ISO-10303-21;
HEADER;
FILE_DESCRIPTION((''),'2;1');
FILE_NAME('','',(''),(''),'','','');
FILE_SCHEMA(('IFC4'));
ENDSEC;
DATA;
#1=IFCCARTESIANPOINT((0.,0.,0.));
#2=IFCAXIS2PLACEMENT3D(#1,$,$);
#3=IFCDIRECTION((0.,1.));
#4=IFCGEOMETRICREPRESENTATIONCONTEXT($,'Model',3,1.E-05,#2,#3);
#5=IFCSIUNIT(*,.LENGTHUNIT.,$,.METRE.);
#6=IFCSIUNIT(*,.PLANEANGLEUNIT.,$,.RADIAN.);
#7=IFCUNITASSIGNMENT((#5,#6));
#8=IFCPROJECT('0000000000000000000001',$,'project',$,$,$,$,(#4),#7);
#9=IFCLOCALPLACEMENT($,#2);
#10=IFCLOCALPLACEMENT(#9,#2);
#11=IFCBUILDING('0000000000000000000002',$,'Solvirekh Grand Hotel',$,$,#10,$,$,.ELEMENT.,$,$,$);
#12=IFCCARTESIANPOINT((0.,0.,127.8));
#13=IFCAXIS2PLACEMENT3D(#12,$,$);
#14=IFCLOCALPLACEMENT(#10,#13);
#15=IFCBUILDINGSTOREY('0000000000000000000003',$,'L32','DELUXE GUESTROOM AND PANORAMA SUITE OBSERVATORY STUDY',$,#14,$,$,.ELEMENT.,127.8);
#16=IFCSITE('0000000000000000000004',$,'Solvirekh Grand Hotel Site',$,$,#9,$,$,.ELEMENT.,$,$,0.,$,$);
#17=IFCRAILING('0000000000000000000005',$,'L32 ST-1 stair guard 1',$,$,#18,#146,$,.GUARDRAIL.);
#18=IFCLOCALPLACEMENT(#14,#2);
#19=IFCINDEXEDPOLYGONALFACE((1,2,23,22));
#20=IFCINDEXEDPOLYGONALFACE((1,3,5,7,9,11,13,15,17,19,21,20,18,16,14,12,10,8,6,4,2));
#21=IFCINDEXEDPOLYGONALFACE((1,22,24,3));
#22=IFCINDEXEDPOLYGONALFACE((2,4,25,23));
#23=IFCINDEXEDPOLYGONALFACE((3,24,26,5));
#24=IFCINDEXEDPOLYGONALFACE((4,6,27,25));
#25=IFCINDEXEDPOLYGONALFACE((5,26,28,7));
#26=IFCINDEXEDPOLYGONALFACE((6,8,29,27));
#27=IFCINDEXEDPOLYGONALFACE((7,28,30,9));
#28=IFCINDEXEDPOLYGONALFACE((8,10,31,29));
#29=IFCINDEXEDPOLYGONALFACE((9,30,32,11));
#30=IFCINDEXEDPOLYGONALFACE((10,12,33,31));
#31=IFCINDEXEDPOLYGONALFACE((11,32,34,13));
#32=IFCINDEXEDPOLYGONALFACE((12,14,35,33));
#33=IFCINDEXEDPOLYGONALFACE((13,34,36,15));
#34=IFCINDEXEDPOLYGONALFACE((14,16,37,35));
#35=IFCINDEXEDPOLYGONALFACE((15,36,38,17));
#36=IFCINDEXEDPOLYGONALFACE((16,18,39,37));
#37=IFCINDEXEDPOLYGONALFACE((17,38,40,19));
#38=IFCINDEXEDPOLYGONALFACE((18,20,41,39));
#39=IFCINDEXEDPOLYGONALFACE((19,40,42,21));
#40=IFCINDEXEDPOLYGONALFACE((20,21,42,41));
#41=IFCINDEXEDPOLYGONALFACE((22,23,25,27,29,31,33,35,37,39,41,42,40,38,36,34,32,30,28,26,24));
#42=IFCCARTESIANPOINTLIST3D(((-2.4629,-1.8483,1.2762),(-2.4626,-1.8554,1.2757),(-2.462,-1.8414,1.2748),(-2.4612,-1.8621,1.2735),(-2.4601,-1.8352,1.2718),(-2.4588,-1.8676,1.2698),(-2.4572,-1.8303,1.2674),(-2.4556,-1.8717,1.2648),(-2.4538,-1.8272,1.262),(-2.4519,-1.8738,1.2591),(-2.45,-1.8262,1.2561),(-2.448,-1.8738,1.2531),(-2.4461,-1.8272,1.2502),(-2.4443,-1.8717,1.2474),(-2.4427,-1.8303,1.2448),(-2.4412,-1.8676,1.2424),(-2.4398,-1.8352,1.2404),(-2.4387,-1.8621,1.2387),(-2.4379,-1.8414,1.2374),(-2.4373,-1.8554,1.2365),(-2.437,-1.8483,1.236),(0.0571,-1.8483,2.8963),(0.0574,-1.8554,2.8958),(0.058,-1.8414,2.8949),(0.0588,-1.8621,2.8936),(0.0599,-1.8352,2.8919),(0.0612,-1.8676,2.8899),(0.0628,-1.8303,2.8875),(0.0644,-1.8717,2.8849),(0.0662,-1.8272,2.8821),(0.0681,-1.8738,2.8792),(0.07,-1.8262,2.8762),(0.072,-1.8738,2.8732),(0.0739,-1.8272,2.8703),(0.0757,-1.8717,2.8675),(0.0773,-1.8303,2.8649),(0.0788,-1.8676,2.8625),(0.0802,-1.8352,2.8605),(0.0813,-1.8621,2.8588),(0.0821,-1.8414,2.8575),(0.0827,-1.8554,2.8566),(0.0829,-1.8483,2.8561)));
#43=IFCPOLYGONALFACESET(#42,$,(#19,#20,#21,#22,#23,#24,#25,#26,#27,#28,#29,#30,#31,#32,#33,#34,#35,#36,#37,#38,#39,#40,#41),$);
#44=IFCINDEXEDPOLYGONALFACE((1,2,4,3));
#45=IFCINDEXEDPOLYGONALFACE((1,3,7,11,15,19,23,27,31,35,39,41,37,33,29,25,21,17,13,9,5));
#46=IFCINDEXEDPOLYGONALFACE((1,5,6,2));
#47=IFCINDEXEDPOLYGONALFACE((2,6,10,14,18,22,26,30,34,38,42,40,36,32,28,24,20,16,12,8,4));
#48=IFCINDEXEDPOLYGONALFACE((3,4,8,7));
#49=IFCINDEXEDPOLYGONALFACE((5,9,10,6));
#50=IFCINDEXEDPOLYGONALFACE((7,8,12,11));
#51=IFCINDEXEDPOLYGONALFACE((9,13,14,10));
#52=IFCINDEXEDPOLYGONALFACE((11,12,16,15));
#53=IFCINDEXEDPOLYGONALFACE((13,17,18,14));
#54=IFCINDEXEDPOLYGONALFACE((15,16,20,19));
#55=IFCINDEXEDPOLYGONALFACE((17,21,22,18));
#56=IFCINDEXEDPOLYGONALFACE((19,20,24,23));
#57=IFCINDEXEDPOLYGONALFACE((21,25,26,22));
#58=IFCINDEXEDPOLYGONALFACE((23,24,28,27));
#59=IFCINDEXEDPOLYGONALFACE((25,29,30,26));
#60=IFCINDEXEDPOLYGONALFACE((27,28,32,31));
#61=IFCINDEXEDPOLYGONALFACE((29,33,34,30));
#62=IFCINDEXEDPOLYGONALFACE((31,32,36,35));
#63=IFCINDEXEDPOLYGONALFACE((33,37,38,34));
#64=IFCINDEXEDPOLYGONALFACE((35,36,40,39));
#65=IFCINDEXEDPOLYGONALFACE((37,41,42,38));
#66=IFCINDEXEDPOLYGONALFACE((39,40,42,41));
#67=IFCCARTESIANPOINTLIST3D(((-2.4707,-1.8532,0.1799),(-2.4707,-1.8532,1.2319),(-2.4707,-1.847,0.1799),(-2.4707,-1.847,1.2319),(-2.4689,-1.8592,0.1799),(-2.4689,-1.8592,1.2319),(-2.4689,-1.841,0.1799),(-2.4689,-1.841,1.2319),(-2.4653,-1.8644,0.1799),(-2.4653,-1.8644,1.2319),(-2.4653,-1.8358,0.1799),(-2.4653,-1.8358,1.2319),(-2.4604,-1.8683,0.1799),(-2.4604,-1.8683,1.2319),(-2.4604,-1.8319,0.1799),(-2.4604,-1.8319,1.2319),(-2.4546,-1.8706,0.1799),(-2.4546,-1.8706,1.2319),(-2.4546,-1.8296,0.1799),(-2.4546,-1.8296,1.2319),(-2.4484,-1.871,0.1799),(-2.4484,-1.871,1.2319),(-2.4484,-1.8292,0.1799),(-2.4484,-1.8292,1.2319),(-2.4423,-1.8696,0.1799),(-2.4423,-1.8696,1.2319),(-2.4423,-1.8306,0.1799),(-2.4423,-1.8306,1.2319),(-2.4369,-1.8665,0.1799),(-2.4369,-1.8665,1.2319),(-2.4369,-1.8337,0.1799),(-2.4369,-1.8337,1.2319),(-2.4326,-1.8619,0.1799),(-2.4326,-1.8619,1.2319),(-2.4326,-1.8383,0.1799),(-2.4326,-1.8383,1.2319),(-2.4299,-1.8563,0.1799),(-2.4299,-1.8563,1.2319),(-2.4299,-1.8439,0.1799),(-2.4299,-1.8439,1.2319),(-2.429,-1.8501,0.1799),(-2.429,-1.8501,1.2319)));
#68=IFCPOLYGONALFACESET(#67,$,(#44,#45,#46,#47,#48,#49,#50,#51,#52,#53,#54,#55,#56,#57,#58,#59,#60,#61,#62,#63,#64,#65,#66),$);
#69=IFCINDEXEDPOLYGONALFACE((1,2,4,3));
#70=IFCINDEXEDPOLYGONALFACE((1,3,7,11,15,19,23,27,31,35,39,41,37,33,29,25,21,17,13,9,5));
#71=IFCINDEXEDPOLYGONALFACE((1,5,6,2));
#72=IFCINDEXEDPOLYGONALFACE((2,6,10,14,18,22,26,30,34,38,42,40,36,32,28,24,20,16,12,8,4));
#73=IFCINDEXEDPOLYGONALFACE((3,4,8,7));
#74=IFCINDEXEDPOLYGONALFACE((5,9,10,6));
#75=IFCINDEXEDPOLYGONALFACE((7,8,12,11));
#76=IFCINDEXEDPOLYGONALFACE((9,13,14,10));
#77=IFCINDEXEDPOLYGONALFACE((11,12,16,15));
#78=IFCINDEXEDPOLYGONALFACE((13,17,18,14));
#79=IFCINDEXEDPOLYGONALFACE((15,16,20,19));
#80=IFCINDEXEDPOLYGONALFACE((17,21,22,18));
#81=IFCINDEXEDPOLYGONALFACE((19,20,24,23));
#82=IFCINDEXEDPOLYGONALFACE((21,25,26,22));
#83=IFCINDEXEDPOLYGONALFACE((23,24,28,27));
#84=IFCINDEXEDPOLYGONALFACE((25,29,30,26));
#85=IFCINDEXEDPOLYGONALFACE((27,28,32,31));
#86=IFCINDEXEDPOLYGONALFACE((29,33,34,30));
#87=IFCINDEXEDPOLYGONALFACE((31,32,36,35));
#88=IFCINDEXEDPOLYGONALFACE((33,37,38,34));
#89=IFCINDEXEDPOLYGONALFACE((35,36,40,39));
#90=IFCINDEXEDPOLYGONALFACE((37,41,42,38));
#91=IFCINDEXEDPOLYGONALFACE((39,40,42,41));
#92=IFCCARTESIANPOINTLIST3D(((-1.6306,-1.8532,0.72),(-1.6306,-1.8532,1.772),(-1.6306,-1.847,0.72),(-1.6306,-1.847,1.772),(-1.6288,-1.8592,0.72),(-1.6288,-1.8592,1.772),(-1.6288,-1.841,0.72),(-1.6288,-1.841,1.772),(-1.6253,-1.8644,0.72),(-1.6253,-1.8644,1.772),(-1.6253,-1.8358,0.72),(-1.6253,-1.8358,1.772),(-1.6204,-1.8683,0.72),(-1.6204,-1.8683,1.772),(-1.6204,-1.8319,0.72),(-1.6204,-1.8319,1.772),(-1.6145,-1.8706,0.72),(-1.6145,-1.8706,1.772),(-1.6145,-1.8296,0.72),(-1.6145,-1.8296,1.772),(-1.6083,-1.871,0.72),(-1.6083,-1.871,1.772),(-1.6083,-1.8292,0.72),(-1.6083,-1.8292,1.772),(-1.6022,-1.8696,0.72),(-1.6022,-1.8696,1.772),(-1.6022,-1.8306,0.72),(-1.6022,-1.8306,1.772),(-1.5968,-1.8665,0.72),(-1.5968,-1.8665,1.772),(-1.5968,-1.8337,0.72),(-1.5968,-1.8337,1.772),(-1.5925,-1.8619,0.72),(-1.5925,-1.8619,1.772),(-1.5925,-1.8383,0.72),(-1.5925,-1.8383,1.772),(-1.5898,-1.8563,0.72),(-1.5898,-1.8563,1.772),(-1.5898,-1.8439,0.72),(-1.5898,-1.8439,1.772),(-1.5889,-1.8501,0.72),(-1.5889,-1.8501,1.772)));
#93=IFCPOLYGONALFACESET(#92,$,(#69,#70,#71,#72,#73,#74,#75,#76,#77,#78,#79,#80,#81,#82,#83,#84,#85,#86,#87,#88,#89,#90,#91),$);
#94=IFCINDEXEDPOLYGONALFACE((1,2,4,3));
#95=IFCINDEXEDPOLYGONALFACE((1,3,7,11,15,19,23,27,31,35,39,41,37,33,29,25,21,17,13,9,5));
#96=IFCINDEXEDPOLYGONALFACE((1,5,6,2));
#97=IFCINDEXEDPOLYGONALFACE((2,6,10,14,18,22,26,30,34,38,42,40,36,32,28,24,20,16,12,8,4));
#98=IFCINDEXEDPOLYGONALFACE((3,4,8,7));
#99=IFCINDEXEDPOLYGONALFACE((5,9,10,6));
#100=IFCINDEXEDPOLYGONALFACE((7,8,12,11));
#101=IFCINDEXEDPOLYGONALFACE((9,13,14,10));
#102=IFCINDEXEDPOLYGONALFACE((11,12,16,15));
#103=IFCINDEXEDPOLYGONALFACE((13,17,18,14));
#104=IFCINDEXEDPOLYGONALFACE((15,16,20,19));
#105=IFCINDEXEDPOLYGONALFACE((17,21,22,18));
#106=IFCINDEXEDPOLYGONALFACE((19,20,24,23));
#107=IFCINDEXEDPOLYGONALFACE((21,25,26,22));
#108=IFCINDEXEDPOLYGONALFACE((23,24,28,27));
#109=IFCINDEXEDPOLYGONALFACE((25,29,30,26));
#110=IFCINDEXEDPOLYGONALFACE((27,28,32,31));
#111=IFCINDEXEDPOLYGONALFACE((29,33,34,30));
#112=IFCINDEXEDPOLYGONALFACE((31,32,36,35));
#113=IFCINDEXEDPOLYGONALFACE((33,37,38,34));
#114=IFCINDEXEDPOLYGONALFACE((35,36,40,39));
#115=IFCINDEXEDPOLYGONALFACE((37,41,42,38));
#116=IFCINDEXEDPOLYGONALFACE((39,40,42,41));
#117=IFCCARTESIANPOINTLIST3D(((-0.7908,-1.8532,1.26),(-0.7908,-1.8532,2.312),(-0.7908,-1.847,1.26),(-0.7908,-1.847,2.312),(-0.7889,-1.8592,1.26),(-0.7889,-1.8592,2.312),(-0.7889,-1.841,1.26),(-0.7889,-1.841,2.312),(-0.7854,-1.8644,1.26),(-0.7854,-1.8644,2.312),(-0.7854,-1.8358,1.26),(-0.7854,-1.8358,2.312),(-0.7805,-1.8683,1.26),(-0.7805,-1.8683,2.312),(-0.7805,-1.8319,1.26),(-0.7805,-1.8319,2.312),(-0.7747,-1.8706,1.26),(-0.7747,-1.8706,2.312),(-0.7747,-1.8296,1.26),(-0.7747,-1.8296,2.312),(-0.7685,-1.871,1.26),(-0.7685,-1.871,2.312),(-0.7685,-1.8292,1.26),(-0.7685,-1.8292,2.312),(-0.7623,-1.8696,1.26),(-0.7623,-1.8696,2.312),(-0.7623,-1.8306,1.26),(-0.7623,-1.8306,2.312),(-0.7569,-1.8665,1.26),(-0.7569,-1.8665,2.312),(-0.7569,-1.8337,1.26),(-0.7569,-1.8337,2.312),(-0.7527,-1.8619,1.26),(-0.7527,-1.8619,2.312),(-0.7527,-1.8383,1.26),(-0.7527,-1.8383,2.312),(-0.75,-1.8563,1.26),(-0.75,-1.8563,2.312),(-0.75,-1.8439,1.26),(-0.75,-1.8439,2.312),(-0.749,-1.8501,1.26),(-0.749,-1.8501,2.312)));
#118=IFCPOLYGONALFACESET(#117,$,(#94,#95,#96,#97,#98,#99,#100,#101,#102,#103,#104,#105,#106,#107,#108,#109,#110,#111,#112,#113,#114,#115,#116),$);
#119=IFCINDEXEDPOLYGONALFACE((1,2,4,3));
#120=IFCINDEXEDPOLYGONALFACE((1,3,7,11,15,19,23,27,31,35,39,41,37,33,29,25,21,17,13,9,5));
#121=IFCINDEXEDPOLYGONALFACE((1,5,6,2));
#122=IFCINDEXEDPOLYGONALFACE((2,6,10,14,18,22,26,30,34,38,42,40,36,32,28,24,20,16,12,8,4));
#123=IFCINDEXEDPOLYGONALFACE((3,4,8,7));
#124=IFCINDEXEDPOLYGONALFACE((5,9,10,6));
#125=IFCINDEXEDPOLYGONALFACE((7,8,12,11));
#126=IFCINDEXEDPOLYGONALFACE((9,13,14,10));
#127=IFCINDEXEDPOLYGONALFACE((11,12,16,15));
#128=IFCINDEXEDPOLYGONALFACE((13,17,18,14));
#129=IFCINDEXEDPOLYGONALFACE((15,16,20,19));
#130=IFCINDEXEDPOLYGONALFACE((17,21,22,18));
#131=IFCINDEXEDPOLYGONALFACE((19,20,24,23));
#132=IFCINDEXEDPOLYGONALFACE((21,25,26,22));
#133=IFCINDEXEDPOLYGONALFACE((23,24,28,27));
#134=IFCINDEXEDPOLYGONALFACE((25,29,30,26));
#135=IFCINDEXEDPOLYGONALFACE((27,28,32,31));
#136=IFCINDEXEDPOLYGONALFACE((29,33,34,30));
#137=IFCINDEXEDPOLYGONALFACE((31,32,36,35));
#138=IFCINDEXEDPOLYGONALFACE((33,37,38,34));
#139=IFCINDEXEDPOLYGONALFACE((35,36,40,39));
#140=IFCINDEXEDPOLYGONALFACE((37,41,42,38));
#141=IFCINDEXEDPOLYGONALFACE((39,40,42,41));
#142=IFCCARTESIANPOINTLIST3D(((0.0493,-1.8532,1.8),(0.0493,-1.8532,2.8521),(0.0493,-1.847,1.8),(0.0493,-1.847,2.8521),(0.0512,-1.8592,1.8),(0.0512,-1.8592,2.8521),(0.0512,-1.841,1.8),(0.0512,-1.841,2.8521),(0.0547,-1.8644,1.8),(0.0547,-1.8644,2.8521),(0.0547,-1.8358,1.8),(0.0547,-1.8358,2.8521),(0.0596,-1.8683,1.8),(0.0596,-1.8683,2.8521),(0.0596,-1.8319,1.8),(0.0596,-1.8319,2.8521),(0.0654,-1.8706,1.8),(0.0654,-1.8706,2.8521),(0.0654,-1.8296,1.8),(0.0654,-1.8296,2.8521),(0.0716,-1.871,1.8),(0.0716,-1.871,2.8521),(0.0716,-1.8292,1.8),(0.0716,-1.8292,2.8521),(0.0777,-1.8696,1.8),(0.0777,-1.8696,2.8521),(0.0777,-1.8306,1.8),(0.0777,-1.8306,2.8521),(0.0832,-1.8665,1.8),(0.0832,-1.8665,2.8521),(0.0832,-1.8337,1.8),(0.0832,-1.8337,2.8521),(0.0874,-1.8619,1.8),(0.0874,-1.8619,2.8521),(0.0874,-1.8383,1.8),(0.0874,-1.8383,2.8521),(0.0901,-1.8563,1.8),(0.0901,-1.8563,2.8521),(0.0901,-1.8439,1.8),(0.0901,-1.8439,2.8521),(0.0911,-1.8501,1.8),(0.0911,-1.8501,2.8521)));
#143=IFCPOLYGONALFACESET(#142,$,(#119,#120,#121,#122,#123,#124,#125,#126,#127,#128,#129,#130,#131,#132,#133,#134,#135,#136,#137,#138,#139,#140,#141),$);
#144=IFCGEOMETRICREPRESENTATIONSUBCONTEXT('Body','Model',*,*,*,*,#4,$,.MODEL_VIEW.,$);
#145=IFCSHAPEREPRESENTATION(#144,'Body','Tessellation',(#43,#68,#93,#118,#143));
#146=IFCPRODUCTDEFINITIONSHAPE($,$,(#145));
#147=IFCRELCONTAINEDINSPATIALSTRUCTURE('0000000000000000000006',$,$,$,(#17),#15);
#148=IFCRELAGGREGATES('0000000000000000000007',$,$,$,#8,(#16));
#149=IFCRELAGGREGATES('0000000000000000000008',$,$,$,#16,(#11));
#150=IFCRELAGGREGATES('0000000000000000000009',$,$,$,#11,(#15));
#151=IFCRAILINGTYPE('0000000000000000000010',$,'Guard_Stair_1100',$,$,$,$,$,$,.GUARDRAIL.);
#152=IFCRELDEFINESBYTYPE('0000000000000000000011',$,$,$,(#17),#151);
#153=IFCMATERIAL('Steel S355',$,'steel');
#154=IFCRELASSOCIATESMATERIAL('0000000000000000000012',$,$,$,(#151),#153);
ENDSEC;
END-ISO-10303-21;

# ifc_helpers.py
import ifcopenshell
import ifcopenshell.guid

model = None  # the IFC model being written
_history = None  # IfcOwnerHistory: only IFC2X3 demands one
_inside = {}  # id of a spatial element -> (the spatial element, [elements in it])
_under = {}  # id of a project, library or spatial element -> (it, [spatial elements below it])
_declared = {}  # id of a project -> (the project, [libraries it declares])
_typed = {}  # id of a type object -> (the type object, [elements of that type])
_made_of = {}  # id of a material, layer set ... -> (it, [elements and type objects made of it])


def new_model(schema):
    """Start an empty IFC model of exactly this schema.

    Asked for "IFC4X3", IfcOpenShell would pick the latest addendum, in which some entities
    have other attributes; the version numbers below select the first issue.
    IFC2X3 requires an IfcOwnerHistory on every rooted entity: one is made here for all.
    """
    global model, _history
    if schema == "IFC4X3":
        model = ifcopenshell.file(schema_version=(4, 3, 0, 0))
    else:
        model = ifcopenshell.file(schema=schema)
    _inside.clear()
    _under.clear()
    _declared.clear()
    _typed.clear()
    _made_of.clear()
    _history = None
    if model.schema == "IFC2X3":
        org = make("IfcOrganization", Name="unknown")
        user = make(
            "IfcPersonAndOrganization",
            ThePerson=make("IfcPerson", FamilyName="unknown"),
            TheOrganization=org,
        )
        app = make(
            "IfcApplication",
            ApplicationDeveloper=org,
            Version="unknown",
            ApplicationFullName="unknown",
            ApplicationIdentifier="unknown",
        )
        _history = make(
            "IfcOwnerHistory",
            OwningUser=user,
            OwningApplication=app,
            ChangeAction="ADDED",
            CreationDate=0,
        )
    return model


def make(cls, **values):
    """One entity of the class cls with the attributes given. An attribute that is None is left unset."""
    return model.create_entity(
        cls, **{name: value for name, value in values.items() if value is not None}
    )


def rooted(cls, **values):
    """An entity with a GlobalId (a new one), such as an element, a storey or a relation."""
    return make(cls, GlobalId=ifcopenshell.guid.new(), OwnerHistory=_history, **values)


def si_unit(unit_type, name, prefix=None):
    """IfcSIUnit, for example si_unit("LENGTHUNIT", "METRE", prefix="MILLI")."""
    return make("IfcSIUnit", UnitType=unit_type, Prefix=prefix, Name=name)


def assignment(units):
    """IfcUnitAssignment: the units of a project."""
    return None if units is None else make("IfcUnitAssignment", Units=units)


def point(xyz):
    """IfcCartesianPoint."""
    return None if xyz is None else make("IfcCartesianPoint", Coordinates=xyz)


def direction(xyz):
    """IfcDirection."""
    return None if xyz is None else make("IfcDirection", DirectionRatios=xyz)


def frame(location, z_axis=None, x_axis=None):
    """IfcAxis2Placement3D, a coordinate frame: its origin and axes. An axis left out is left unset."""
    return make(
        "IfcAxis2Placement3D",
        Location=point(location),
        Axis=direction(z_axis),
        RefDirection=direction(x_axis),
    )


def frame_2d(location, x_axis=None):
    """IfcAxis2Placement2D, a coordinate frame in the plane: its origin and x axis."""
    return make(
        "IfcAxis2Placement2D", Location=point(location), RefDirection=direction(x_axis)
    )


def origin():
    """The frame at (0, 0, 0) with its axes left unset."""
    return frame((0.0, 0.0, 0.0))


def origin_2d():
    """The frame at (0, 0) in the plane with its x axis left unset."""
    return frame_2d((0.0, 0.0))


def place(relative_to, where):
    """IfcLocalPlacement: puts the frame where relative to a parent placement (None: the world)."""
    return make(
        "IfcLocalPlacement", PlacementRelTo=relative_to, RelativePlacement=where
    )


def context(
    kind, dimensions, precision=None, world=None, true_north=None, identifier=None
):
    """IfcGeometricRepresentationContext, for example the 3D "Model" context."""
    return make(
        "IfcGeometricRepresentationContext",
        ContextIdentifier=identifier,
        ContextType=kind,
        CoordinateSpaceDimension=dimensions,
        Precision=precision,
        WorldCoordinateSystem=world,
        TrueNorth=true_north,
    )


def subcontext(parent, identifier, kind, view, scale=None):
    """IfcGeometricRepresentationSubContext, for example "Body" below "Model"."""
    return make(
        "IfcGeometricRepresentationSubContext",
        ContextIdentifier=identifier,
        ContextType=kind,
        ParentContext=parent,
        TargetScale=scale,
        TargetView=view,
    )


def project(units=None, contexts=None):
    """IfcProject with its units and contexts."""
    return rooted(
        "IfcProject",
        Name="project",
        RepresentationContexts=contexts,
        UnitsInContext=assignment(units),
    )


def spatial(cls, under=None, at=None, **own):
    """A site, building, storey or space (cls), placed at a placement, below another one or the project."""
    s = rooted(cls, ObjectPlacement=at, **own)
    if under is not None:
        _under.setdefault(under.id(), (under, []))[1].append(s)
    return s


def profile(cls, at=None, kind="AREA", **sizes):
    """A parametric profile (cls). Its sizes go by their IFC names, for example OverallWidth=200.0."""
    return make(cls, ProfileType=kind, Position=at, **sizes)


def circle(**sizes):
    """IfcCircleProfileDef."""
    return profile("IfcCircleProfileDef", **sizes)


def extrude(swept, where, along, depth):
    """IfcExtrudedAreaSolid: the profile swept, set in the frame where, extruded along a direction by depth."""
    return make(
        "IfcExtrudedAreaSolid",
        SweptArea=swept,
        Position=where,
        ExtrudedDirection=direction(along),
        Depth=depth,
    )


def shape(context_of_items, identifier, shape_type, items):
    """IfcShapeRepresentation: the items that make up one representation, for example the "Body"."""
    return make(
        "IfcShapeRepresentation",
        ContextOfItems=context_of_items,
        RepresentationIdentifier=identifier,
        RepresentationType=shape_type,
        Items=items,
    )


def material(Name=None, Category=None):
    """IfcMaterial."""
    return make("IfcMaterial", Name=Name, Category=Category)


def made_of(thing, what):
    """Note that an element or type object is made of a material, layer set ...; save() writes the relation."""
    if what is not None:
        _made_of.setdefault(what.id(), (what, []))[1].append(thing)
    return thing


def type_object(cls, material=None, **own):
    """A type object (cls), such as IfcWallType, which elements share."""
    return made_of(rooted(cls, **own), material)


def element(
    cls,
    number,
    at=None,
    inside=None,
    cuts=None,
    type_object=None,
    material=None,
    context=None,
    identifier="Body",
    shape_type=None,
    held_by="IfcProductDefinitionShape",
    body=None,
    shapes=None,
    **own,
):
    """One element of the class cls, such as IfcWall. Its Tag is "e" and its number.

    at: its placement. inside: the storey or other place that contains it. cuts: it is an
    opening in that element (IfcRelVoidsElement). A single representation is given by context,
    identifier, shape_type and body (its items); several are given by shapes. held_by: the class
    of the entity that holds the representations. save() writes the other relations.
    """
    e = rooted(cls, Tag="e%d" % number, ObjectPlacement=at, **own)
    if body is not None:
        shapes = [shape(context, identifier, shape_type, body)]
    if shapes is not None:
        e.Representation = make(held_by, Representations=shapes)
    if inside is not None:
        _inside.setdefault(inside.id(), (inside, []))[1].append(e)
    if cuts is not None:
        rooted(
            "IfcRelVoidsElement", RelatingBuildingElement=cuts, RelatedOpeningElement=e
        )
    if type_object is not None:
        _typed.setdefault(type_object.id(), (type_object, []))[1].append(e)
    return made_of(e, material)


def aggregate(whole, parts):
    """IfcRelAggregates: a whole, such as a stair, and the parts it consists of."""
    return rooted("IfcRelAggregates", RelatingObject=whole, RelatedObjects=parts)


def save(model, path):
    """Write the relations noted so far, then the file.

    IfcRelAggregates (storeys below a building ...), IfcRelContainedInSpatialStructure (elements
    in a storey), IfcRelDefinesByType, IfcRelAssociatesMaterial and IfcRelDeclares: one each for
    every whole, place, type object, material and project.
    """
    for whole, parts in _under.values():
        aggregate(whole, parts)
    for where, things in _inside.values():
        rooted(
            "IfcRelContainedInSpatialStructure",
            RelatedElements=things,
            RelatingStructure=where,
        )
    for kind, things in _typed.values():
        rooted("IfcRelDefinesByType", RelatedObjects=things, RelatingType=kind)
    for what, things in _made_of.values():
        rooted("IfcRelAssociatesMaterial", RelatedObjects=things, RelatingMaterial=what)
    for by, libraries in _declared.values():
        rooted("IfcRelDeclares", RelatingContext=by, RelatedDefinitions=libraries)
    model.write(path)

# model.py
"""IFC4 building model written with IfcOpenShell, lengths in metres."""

from ifc_helpers import new_model, si_unit, direction, frame, origin, origin_2d, place, context, subcontext, project, spatial, circle, extrude, material, type_object, element, save


model = new_model("IFC4")

# Units and contexts
model_context = context("Model", 3, precision=1e-05, world=origin(), true_north=direction((0.0, 1.0)))
body_context = subcontext(model_context, "Body", "Model", "MODEL_VIEW")
ifc_project = project(units=[si_unit("LENGTHUNIT", "METRE"), si_unit("PLANEANGLEUNIT", "RADIAN")], contexts=[model_context])

# Site, building, storey
site_placement = place(None, origin())
site = spatial("IfcSite", under=ifc_project, at=site_placement, Name="Solvirekh Grand Hotel Site", CompositionType="ELEMENT", RefElevation=0.0)
building_placement = place(site_placement, origin())
building = spatial("IfcBuilding", under=site, at=building_placement, Name="Solvirekh Grand Hotel", CompositionType="ELEMENT")
storey_placement = place(building_placement, frame((0.0, 0.0, 127.8)))
storey = spatial("IfcBuildingStorey", under=building, at=storey_placement, Name="L32", Description="DELUXE GUESTROOM AND PANORAMA SUITE OBSERVATORY STUDY", CompositionType="ELEMENT", Elevation=127.8)

# Shared definitions
ifc_material_1 = material(Name="Steel S355", Category="steel")

# Railing
railing_type_1 = type_object("IfcRailingType", Name="Guard_Stair_1100", PredefinedType="GUARDRAIL", material=ifc_material_1)
railing_1_placement = place(storey_placement, frame((-2.45, -1.8501, 0.1799)))
element("IfcRailing", 1, at=railing_1_placement, inside=storey, type_object=railing_type_1, Name="L32 ST-1 stair guard 1", PredefinedType="GUARDRAIL", context=body_context, shape_type="SweptSolid", body=[
    extrude(circle(Radius=0.0239, at=origin_2d()), frame((0.0, 0.0, 1.0762), z_axis=(0.841163, 0.0, 0.540782), x_axis=(0.0, 1.0, 0.0)), (0.0, 0.0, 1.0), 2.9958),
    extrude(circle(Radius=0.021, at=origin_2d()), origin(), (0.0, 0.0, 1.0), 1.052),
    extrude(circle(Radius=0.021, at=origin_2d()), frame((0.8401, 0.0, 0.54)), (0.0, 0.0, 1.0), 1.052),
    extrude(circle(Radius=0.021, at=origin_2d()), frame((1.6799, 0.0, 1.0801)), (0.0, 0.0, 1.0), 1.052),
    extrude(circle(Radius=0.021, at=origin_2d()), frame((2.52, 0.0, 1.6201)), (0.0, 0.0, 1.0), 1.052),
])

save(model, "model.ifc")
